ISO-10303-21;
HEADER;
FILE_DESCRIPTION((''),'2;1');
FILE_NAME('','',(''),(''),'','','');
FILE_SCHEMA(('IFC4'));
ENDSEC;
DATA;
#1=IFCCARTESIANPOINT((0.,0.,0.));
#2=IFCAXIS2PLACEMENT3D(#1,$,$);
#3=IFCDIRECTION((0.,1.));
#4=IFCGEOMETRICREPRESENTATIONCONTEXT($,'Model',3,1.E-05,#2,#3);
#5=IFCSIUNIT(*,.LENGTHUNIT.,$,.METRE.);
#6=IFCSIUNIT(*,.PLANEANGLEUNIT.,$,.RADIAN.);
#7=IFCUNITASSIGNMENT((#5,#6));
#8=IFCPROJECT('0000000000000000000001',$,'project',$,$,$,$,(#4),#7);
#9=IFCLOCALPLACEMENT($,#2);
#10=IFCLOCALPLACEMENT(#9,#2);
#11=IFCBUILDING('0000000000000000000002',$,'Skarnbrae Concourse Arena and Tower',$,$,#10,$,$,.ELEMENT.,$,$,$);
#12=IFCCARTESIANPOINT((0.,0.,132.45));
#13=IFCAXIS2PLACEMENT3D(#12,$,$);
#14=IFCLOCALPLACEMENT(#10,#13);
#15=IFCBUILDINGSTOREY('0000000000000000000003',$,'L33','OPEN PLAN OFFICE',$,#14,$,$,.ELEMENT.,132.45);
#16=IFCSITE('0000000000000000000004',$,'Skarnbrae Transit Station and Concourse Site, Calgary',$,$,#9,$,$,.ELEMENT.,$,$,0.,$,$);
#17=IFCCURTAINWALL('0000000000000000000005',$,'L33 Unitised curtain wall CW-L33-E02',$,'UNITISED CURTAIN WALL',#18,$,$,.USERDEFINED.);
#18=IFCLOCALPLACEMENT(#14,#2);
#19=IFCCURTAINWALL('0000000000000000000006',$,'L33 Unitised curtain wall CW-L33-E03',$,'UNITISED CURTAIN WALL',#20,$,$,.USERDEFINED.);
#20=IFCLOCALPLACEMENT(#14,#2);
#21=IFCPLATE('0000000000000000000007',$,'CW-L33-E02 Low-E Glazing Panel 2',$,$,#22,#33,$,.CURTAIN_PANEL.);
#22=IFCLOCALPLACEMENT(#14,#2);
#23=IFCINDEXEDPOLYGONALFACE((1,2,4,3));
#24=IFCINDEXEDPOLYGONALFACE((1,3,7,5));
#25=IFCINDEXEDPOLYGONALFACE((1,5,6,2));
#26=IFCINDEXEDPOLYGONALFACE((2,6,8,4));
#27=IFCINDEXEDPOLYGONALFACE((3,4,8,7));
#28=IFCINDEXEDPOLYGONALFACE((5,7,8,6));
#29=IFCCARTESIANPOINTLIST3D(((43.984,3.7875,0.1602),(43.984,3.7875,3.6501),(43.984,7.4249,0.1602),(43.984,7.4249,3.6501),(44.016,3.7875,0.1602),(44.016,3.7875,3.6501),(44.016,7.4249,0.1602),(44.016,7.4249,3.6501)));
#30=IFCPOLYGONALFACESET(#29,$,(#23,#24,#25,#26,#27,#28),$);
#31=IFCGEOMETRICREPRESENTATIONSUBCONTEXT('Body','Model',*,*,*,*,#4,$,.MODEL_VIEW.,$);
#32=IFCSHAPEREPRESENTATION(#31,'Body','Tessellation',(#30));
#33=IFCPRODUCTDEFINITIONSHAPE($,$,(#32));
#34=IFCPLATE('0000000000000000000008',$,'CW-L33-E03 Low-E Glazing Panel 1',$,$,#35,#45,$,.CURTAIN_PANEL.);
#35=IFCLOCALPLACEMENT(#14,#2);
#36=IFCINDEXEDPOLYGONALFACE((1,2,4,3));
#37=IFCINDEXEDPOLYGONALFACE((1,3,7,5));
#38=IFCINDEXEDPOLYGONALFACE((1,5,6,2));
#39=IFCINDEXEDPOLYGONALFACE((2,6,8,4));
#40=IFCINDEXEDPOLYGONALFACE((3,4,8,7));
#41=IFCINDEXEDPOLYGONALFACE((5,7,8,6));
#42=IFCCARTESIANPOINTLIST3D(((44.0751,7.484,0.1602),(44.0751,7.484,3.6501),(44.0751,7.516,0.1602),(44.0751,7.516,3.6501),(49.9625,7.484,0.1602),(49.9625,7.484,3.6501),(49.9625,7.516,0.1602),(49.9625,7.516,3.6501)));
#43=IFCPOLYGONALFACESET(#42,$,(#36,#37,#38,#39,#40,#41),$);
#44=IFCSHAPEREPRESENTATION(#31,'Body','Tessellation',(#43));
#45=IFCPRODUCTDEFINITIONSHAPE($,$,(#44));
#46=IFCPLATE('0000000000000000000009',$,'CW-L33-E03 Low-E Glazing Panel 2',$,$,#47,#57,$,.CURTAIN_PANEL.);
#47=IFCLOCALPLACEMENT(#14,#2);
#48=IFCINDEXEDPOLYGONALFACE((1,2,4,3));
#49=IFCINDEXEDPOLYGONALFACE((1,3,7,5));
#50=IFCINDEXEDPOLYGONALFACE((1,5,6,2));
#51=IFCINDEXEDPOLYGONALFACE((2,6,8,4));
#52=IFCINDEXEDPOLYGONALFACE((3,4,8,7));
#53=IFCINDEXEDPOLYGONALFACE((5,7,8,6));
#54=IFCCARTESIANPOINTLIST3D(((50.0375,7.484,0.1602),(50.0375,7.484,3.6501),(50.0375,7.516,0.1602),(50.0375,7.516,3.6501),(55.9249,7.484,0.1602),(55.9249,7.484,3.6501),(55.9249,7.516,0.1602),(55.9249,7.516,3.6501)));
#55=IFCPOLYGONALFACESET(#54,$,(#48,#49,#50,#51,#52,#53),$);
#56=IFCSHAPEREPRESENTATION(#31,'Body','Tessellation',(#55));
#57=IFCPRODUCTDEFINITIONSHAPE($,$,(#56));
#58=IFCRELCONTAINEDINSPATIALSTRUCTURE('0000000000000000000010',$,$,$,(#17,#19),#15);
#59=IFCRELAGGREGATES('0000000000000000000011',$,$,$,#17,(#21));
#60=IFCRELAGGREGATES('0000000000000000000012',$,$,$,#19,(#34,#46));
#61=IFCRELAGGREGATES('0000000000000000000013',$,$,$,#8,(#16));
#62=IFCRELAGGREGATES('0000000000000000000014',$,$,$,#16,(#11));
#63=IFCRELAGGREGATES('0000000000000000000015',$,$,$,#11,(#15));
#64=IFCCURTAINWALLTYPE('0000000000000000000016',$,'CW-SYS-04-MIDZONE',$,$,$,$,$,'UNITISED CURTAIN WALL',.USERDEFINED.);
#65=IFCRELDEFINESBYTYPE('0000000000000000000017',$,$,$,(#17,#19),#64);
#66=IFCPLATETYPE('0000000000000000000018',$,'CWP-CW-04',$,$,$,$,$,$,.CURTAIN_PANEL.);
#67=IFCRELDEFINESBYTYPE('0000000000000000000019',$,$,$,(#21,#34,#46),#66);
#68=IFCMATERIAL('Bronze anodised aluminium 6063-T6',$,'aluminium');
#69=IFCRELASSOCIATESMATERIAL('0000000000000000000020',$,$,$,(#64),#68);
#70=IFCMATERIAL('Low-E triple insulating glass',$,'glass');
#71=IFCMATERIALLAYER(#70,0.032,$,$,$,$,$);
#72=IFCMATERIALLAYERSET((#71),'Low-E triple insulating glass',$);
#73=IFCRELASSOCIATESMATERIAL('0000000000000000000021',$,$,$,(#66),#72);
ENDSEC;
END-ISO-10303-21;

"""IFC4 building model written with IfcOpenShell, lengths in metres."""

from ifc_helpers import new_model, si_unit, direction, frame, origin, origin_2d, place, context, subcontext, project, spatial, rectangle, extrude, source, transform, mapped, material, layer, layer_set, type_object, element, aggregate, save


model = new_model("IFC4")

# Units and contexts
model_context = context("Model", 3, precision=1e-05, world=origin(), true_north=direction((0.0, 1.0)))
body_context = subcontext(model_context, "Body", "Model", "MODEL_VIEW")
ifc_project = project(units=[si_unit("LENGTHUNIT", "METRE"), si_unit("PLANEANGLEUNIT", "RADIAN")], contexts=[model_context])

# Site, building, storey
site_placement = place(None, origin())
site = spatial("IfcSite", under=ifc_project, at=site_placement, Name="Skarnbrae Transit Station and Concourse Site, Calgary", CompositionType="ELEMENT", RefElevation=0.0)
building_placement = place(site_placement, origin())
building = spatial("IfcBuilding", under=site, at=building_placement, Name="Skarnbrae Concourse Arena and Tower", CompositionType="ELEMENT")
storey_placement = place(building_placement, frame((0.0, 0.0, 132.45)))
storey = spatial("IfcBuildingStorey", under=building, at=storey_placement, Name="L33", Description="OPEN PLAN OFFICE", CompositionType="ELEMENT", Elevation=132.45)

# Shared definitions
ifc_material_1 = material(Name="Bronze anodised aluminium 6063-T6", Category="aluminium")
curtain_wall_type = type_object("IfcCurtainWallType", Name="CW-SYS-04-MIDZONE", ElementType="UNITISED CURTAIN WALL", PredefinedType="USERDEFINED", material=ifc_material_1)

# Curtain walls
curtain_wall_1_placement = place(storey_placement, origin())
curtain_wall_1 = element("IfcCurtainWall", 1, at=curtain_wall_1_placement, inside=storey, type_object=curtain_wall_type, Name="L33 Unitised curtain wall CW-L33-E02", ObjectType="UNITISED CURTAIN WALL", PredefinedType="USERDEFINED")
curtain_wall_2_placement = place(storey_placement, origin())
curtain_wall_2 = element("IfcCurtainWall", 2, at=curtain_wall_2_placement, inside=storey, type_object=curtain_wall_type, Name="L33 Unitised curtain wall CW-L33-E03", ObjectType="UNITISED CURTAIN WALL", PredefinedType="USERDEFINED")

# Plates
ifc_material_2 = material(Name="Low-E triple insulating glass", Category="glass")
ifc_layer = layer(ifc_material_2, 0.032)
ifc_layer_set = layer_set([ifc_layer], Name="Low-E triple insulating glass")
plate_type = type_object("IfcPlateType", Name="CWP-CW-04", PredefinedType="CURTAIN_PANEL", material=ifc_layer_set)
shared_shape_1 = source(origin(), body_context, "Body", "SweptSolid", [
    extrude(rectangle(XDim=3.6375, YDim=0.032, at=origin_2d()), origin(), (0.0, 0.0, 1.0), 3.49),
])
plate_1_placement = place(storey_placement, frame((44.0, 5.6062, 0.1602), z_axis=(0.0, 0.0, 1.0), x_axis=(0.0, 1.0, 0.0)))
plate_1 = element("IfcPlate", 3, at=plate_1_placement, type_object=plate_type, Name="CW-L33-E02 Low-E Glazing Panel 2", PredefinedType="CURTAIN_PANEL", context=body_context, shape_type="MappedRepresentation", body=[
    mapped(shared_shape_1, transform((0.0, 0.0, 0.0))),
])
aggregate(curtain_wall_1, [plate_1])
shared_shape_2 = source(origin(), body_context, "Body", "SweptSolid", [
    extrude(rectangle(XDim=5.8875, YDim=0.032, at=origin_2d()), origin(), (0.0, 0.0, 1.0), 3.49),
])
plate_2_placement = place(storey_placement, frame((47.0188, 7.5, 0.1602), z_axis=(0.0, 0.0, 1.0), x_axis=(1.0, 0.0, 0.0)))
plate_2 = element("IfcPlate", 4, at=plate_2_placement, type_object=plate_type, Name="CW-L33-E03 Low-E Glazing Panel 1", PredefinedType="CURTAIN_PANEL", context=body_context, shape_type="MappedRepresentation", body=[
    mapped(shared_shape_2, transform((0.0, 0.0, 0.0))),
])
plate_3_placement = place(storey_placement, frame((52.9812, 7.5, 0.1602), z_axis=(0.0, 0.0, 1.0), x_axis=(1.0, 0.0, 0.0)))
plate_3 = element("IfcPlate", 5, at=plate_3_placement, type_object=plate_type, Name="CW-L33-E03 Low-E Glazing Panel 2", PredefinedType="CURTAIN_PANEL", context=body_context, shape_type="MappedRepresentation", body=[
    mapped(shared_shape_2, transform((0.0, 0.0, 0.0))),
])
aggregate(curtain_wall_2, [plate_2, plate_3])

save(model, "model.ifc")
